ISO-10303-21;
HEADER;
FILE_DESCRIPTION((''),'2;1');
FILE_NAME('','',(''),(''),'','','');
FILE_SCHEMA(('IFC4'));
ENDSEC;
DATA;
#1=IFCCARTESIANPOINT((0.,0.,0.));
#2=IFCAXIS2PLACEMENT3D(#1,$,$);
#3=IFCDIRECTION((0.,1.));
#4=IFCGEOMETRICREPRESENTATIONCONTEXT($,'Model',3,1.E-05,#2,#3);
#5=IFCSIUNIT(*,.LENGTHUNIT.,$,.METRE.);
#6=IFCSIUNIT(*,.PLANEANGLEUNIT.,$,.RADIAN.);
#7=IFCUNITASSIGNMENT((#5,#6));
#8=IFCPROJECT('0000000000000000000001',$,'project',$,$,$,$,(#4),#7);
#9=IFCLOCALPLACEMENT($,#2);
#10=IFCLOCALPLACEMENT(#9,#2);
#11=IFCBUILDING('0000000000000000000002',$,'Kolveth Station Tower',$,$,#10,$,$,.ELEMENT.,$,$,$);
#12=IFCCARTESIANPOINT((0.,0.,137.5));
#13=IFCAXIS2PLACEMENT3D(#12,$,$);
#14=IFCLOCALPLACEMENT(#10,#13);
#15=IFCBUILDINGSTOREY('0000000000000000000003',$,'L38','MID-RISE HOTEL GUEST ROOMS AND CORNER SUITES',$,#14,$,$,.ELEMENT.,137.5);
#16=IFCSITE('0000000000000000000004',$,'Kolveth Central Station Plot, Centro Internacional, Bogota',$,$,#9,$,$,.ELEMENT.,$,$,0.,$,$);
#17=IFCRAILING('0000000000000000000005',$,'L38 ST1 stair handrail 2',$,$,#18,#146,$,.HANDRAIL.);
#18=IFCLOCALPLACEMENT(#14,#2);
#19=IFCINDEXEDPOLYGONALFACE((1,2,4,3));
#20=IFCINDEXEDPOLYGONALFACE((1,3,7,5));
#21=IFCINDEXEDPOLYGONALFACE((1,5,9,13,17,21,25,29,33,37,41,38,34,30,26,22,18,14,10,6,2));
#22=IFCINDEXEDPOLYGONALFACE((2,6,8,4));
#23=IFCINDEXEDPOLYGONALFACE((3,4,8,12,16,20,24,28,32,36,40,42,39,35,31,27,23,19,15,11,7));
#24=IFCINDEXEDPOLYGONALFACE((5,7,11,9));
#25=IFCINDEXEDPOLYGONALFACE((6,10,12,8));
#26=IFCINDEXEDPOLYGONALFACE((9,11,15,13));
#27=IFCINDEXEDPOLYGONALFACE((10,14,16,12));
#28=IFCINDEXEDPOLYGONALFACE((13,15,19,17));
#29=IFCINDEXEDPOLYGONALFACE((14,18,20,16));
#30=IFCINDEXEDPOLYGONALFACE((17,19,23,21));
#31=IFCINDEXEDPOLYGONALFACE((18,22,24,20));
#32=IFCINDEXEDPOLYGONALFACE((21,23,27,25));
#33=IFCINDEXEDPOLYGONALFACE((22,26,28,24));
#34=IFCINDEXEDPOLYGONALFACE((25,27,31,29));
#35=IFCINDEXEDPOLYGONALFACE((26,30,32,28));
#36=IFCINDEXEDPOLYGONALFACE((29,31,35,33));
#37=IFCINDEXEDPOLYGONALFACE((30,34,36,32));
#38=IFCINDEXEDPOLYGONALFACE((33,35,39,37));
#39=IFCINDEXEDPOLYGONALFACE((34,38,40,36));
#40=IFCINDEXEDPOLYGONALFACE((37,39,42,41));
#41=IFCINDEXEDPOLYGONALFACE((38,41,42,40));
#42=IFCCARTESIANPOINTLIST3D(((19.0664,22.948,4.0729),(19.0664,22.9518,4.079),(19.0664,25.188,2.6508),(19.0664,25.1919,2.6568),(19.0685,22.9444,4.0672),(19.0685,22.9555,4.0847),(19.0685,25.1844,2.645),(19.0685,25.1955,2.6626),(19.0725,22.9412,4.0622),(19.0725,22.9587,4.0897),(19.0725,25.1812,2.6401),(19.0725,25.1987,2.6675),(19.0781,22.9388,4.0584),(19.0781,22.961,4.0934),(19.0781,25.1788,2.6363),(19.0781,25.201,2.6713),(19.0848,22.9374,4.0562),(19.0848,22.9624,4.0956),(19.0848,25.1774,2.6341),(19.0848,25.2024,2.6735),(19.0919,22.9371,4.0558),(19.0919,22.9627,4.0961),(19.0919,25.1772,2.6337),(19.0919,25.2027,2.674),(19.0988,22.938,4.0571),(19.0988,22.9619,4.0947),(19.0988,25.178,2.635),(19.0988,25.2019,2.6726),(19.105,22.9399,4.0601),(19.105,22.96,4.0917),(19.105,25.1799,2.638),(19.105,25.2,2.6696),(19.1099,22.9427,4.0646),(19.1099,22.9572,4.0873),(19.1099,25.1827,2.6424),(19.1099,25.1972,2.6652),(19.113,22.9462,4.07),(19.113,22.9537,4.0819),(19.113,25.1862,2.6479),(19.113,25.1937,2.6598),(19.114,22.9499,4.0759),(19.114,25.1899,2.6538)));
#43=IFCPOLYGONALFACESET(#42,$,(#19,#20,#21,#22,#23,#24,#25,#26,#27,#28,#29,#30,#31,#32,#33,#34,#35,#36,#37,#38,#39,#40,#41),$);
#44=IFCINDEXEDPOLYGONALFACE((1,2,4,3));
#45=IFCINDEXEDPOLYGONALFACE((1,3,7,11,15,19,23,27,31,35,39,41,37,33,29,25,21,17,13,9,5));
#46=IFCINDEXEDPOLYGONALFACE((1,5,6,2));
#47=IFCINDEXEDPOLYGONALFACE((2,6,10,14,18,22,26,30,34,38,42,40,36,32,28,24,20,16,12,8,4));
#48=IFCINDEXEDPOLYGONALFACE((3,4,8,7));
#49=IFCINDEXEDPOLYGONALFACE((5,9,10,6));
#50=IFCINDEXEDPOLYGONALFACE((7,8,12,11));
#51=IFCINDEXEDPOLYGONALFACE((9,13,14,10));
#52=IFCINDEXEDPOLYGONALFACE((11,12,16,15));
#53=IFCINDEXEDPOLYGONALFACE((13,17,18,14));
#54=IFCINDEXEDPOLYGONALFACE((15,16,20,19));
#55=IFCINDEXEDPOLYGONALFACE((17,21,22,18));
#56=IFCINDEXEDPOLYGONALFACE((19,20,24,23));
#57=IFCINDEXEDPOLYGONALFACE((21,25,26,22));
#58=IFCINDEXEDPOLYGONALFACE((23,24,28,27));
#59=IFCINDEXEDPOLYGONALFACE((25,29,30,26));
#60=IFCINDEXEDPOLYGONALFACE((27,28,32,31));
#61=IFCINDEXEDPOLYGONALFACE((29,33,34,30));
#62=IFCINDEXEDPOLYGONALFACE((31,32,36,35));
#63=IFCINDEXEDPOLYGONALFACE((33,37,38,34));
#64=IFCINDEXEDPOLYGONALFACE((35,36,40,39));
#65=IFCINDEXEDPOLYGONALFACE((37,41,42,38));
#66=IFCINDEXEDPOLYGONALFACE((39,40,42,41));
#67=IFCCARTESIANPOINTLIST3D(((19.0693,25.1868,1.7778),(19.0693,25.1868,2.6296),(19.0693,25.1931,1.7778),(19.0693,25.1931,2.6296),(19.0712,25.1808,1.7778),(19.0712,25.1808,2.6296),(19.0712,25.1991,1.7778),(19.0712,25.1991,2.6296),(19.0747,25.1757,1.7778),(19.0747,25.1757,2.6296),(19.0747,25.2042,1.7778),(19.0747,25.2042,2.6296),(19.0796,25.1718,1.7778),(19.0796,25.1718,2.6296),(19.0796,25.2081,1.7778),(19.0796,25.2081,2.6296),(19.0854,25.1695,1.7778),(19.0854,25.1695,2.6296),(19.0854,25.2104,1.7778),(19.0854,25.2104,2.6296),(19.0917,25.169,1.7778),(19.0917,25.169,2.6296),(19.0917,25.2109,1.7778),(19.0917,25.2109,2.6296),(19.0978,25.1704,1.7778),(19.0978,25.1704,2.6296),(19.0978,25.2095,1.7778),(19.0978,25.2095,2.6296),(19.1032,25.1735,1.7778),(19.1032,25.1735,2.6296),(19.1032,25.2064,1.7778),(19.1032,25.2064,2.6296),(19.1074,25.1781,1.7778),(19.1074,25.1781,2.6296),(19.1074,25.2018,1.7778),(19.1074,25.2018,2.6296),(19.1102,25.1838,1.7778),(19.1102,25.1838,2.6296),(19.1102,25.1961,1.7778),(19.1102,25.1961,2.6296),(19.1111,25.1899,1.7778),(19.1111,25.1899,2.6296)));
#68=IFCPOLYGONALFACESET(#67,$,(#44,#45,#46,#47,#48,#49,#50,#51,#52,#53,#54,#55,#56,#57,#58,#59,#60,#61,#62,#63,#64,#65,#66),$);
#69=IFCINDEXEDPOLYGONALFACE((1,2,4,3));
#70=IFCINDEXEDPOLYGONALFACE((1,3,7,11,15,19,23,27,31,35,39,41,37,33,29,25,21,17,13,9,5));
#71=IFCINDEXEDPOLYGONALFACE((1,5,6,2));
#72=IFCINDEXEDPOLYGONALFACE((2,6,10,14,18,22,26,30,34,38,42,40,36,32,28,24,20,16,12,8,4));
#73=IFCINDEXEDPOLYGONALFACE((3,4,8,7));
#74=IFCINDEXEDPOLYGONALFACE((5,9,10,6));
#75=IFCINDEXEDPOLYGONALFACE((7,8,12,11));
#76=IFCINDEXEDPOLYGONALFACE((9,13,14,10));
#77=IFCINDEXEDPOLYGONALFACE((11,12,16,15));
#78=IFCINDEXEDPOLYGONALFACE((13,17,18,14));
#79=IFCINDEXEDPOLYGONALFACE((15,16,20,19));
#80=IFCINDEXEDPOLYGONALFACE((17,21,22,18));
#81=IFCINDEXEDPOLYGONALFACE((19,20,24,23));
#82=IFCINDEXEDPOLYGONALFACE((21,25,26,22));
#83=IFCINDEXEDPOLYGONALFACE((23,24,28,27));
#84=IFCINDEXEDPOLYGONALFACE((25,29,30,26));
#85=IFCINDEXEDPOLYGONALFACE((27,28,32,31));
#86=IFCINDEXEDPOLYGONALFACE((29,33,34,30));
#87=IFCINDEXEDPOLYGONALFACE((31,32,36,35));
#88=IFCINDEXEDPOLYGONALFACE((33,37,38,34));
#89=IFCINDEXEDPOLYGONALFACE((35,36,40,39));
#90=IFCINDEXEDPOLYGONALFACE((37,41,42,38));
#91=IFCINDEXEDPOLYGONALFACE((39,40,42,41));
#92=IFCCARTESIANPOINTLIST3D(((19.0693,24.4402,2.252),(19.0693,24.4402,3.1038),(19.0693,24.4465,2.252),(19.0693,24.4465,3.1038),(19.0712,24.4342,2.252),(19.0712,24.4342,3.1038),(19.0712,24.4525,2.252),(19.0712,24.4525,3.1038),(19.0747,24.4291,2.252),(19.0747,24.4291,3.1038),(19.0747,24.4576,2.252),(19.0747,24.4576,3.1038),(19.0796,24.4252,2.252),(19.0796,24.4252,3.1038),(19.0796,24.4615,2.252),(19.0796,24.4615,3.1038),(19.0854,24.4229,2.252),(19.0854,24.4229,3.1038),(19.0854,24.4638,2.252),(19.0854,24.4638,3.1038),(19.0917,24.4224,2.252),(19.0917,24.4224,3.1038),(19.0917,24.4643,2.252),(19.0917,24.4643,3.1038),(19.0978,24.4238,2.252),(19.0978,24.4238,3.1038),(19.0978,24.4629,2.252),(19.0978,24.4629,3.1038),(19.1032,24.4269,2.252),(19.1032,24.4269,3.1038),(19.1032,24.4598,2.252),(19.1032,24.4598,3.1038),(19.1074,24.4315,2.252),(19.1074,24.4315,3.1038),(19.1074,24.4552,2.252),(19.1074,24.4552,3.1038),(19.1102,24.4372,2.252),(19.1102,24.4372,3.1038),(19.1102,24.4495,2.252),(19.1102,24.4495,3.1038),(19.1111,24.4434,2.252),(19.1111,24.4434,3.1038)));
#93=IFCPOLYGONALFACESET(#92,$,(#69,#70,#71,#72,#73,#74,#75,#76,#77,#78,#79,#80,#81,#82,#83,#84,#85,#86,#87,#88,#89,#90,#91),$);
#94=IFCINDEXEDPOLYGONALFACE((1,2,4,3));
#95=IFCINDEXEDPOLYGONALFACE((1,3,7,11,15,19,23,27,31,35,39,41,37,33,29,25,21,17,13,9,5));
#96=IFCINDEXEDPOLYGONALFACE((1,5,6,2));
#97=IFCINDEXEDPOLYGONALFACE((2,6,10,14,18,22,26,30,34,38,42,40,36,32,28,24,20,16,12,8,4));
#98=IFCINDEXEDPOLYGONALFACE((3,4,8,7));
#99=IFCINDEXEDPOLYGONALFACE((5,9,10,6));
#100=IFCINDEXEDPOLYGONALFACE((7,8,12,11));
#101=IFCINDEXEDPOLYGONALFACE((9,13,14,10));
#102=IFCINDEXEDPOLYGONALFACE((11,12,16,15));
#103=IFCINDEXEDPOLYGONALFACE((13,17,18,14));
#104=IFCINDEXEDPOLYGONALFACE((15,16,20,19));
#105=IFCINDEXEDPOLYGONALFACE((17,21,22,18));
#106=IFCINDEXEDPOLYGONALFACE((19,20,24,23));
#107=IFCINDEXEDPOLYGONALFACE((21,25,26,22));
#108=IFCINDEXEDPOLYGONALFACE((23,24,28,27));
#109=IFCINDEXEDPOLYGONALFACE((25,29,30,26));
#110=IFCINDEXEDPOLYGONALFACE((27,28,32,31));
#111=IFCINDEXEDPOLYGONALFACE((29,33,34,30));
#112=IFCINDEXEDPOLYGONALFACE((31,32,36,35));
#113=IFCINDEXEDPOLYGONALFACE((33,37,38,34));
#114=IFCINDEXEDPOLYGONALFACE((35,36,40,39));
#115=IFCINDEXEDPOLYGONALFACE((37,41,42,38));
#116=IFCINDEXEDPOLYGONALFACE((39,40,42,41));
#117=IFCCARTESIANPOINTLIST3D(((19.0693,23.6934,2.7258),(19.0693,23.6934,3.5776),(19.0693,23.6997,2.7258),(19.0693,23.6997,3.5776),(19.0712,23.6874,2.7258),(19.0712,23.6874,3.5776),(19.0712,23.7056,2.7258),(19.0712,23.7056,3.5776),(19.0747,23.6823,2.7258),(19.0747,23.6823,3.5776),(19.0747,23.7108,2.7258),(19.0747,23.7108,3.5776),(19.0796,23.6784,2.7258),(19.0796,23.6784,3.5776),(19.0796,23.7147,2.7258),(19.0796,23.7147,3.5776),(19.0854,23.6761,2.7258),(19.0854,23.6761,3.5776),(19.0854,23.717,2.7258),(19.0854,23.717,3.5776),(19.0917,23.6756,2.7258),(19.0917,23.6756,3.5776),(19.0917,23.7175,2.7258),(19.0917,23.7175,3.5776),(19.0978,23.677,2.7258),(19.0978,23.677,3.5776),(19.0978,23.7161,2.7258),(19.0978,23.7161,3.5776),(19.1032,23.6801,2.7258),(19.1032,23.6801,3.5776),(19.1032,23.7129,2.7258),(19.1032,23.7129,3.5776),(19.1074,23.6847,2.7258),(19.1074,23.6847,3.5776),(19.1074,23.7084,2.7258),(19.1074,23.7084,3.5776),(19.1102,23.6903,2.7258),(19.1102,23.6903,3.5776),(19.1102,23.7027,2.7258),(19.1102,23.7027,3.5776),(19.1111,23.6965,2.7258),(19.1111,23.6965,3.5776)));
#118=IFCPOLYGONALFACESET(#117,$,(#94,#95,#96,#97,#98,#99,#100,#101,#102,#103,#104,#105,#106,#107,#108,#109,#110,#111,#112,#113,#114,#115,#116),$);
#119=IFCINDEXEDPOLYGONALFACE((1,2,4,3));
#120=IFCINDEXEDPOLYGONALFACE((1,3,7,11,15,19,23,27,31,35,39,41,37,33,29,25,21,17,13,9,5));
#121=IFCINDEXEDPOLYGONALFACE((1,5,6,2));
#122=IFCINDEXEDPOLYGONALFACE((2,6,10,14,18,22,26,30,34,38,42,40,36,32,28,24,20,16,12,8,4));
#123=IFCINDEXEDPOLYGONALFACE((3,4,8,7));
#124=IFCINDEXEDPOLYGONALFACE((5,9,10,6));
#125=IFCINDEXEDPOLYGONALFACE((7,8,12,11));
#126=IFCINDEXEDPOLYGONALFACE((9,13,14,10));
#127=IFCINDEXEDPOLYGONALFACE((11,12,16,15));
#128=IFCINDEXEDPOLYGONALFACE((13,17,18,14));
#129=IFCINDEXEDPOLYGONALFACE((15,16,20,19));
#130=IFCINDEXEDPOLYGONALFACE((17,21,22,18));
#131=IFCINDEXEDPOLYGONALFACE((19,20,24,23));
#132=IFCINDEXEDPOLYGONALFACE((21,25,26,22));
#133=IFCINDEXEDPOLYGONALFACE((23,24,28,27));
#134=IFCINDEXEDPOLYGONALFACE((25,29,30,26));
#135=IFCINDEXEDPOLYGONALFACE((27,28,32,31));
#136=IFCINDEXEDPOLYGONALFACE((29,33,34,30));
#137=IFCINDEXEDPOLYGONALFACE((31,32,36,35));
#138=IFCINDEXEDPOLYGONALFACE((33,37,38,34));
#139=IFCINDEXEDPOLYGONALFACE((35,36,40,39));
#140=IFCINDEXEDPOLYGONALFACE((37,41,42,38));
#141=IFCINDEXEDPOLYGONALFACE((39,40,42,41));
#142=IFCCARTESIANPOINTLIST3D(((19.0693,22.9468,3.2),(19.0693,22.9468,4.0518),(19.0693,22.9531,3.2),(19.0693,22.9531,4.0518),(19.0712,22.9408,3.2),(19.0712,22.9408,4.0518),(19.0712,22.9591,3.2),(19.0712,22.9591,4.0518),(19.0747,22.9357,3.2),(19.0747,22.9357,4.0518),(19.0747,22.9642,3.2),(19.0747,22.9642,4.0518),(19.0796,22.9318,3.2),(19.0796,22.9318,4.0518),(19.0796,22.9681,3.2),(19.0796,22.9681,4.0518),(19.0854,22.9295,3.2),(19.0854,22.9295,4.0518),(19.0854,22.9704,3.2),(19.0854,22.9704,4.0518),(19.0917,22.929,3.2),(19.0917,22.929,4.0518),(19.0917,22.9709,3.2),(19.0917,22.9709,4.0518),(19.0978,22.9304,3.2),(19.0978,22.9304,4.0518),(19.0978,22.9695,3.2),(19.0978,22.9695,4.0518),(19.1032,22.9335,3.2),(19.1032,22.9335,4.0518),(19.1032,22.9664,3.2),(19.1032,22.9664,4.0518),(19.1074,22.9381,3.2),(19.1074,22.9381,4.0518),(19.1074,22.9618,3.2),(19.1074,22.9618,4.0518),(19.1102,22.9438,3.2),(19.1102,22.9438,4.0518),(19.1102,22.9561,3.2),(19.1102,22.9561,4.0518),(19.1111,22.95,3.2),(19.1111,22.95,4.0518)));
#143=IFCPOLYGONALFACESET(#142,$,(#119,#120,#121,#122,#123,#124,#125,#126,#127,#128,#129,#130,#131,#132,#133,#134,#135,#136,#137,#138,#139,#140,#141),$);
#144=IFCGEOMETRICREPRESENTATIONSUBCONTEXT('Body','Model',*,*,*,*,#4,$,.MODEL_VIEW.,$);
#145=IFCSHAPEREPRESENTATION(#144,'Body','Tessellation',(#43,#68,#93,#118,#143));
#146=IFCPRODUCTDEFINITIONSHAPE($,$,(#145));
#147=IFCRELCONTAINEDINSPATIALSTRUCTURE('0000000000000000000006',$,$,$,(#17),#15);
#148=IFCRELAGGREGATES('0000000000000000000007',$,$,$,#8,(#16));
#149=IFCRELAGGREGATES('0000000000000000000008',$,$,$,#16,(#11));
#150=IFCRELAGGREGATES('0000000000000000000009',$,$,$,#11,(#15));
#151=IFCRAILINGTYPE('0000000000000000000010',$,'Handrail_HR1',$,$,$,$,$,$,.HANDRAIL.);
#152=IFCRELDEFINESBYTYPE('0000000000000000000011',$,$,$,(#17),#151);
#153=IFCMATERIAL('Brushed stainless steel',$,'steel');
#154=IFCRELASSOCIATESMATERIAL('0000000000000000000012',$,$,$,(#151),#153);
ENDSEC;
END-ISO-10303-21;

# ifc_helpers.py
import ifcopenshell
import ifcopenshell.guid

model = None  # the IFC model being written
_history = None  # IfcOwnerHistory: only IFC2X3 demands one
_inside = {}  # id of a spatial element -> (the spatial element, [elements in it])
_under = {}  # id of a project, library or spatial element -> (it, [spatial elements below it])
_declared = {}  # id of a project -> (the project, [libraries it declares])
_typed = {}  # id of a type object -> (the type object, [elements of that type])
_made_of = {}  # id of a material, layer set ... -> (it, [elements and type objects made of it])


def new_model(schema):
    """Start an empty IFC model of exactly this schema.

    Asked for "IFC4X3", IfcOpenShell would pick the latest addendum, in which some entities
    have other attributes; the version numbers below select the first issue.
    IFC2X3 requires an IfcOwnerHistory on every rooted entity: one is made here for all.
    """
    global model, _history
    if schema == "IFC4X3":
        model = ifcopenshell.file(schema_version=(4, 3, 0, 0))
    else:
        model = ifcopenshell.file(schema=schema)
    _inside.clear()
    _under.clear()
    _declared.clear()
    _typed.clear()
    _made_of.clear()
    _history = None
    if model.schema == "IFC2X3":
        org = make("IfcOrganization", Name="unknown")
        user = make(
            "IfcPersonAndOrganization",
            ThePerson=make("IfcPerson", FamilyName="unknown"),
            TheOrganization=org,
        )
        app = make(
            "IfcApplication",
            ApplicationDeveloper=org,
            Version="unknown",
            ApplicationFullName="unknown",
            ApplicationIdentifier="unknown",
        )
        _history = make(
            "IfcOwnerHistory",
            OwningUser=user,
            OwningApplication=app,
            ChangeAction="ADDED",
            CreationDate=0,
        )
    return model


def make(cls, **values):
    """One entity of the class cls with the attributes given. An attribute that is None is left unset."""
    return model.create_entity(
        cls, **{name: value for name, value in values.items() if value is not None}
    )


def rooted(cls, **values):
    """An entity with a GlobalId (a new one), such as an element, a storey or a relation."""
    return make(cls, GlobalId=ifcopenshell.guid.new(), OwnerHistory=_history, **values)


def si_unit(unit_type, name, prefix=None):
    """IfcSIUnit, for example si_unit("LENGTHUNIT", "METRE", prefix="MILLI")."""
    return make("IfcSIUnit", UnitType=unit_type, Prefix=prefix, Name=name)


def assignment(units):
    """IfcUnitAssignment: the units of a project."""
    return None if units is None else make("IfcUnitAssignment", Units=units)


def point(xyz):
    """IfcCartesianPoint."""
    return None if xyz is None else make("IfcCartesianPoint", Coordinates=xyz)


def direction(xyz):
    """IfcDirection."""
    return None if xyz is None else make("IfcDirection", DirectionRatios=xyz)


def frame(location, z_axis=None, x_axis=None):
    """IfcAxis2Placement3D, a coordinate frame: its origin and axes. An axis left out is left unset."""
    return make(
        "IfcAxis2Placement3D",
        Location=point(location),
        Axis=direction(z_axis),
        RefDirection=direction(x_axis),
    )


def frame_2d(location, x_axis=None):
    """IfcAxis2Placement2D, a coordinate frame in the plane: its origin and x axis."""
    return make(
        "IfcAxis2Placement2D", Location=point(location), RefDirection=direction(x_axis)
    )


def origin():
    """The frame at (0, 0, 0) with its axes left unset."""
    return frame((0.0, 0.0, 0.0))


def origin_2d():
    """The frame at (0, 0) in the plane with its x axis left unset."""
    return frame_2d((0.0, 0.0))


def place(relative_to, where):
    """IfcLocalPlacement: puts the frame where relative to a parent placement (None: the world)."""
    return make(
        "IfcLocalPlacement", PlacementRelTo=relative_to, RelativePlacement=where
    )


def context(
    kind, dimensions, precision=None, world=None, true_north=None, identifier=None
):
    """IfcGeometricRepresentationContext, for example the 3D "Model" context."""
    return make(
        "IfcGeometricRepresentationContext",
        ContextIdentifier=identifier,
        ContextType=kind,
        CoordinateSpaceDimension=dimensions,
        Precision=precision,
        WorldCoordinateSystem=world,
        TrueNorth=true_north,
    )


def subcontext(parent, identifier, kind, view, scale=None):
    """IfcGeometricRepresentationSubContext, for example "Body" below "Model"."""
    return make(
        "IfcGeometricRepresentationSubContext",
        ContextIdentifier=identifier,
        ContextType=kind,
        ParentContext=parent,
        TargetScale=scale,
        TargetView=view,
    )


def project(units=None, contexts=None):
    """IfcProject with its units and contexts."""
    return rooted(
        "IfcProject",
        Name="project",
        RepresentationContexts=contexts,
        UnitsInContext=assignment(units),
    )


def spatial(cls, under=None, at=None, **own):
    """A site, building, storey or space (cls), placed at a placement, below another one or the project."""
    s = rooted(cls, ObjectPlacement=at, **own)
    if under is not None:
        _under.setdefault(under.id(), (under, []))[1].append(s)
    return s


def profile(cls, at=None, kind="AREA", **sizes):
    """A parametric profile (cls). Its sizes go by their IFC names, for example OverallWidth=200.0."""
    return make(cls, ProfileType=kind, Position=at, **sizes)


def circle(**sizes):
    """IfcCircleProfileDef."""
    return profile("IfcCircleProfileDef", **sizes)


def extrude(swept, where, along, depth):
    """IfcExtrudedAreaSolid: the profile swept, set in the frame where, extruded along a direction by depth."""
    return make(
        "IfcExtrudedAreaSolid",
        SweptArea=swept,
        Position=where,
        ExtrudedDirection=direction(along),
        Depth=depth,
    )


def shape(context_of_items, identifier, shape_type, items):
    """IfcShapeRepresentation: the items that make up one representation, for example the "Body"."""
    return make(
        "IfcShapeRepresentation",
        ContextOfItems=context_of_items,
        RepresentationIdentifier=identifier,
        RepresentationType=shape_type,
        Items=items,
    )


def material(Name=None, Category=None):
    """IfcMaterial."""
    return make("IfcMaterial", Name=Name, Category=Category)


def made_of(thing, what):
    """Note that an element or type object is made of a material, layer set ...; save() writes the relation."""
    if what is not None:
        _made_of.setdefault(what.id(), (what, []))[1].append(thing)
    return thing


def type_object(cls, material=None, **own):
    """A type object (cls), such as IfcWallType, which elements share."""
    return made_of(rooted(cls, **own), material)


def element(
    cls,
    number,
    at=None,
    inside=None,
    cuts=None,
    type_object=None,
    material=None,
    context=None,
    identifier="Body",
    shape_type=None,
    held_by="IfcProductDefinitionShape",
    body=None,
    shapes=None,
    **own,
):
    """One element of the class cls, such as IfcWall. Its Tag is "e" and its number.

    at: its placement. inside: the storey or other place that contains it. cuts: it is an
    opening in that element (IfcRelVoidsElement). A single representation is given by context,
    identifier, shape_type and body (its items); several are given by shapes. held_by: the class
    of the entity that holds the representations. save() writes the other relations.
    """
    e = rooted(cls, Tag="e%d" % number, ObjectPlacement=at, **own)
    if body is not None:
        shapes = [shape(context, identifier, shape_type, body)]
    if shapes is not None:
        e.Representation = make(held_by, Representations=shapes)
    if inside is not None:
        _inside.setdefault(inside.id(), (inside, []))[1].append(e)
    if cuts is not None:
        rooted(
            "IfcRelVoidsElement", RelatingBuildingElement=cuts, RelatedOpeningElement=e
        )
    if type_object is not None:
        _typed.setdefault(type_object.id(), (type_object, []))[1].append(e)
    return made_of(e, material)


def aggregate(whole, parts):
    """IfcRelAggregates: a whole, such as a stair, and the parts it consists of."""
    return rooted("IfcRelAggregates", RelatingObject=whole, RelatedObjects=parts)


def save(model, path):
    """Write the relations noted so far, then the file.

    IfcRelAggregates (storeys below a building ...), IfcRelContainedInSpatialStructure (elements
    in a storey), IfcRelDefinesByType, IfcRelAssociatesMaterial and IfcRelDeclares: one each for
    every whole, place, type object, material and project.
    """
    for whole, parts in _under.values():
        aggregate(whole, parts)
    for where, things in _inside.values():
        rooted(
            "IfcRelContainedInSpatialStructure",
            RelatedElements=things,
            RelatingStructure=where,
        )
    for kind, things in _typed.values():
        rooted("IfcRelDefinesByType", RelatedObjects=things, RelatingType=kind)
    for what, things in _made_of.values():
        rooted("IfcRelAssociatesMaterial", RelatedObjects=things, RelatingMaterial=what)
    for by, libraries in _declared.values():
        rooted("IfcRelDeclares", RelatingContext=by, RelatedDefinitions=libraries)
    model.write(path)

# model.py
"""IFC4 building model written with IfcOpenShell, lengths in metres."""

from ifc_helpers import new_model, si_unit, direction, frame, origin, origin_2d, place, context, subcontext, project, spatial, circle, extrude, material, type_object, element, save


model = new_model("IFC4")

# Units and contexts
model_context = context("Model", 3, precision=1e-05, world=origin(), true_north=direction((0.0, 1.0)))
body_context = subcontext(model_context, "Body", "Model", "MODEL_VIEW")
ifc_project = project(units=[si_unit("LENGTHUNIT", "METRE"), si_unit("PLANEANGLEUNIT", "RADIAN")], contexts=[model_context])

# Site, building, storey
site_placement = place(None, origin())
site = spatial("IfcSite", under=ifc_project, at=site_placement, Name="Kolveth Central Station Plot, Centro Internacional, Bogota", CompositionType="ELEMENT", RefElevation=0.0)
building_placement = place(site_placement, origin())
building = spatial("IfcBuilding", under=site, at=building_placement, Name="Kolveth Station Tower", CompositionType="ELEMENT")
storey_placement = place(building_placement, frame((0.0, 0.0, 137.5)))
storey = spatial("IfcBuildingStorey", under=building, at=storey_placement, Name="L38", Description="MID-RISE HOTEL GUEST ROOMS AND CORNER SUITES", CompositionType="ELEMENT", Elevation=137.5)

# Railing
ifc_material_1 = material(Name="Brushed stainless steel", Category="steel")
railing_type_1 = type_object("IfcRailingType", Name="Handrail_HR1", PredefinedType="HANDRAIL", material=ifc_material_1)
railing_1_placement = place(storey_placement, frame((19.0901, 25.1899, 1.7778)))
element("IfcRailing", 1, at=railing_1_placement, inside=storey, type_object=railing_type_1, Name="L38 ST1 stair handrail 2", PredefinedType="HANDRAIL", context=body_context, shape_type="SweptSolid", body=[
    extrude(circle(Radius=0.0239, at=origin_2d()), frame((0.0, 0.0, 0.876), z_axis=(0.0, -0.844229, 0.535982), x_axis=(1.0, 0.0, 0.0)), (0.0, 0.0, 1.0), 2.6533),
    extrude(circle(Radius=0.021, at=origin_2d()), origin(), (0.0, 0.0, 1.0), 0.8518),
    extrude(circle(Radius=0.021, at=origin_2d()), frame((0.0, -0.7466, 0.4741)), (0.0, 0.0, 1.0), 0.8518),
    extrude(circle(Radius=0.021, at=origin_2d()), frame((0.0, -1.4934, 0.948)), (0.0, 0.0, 1.0), 0.8518),
    extrude(circle(Radius=0.021, at=origin_2d()), frame((0.0, -2.24, 1.4221)), (0.0, 0.0, 1.0), 0.8518),
])

save(model, "model.ifc")
